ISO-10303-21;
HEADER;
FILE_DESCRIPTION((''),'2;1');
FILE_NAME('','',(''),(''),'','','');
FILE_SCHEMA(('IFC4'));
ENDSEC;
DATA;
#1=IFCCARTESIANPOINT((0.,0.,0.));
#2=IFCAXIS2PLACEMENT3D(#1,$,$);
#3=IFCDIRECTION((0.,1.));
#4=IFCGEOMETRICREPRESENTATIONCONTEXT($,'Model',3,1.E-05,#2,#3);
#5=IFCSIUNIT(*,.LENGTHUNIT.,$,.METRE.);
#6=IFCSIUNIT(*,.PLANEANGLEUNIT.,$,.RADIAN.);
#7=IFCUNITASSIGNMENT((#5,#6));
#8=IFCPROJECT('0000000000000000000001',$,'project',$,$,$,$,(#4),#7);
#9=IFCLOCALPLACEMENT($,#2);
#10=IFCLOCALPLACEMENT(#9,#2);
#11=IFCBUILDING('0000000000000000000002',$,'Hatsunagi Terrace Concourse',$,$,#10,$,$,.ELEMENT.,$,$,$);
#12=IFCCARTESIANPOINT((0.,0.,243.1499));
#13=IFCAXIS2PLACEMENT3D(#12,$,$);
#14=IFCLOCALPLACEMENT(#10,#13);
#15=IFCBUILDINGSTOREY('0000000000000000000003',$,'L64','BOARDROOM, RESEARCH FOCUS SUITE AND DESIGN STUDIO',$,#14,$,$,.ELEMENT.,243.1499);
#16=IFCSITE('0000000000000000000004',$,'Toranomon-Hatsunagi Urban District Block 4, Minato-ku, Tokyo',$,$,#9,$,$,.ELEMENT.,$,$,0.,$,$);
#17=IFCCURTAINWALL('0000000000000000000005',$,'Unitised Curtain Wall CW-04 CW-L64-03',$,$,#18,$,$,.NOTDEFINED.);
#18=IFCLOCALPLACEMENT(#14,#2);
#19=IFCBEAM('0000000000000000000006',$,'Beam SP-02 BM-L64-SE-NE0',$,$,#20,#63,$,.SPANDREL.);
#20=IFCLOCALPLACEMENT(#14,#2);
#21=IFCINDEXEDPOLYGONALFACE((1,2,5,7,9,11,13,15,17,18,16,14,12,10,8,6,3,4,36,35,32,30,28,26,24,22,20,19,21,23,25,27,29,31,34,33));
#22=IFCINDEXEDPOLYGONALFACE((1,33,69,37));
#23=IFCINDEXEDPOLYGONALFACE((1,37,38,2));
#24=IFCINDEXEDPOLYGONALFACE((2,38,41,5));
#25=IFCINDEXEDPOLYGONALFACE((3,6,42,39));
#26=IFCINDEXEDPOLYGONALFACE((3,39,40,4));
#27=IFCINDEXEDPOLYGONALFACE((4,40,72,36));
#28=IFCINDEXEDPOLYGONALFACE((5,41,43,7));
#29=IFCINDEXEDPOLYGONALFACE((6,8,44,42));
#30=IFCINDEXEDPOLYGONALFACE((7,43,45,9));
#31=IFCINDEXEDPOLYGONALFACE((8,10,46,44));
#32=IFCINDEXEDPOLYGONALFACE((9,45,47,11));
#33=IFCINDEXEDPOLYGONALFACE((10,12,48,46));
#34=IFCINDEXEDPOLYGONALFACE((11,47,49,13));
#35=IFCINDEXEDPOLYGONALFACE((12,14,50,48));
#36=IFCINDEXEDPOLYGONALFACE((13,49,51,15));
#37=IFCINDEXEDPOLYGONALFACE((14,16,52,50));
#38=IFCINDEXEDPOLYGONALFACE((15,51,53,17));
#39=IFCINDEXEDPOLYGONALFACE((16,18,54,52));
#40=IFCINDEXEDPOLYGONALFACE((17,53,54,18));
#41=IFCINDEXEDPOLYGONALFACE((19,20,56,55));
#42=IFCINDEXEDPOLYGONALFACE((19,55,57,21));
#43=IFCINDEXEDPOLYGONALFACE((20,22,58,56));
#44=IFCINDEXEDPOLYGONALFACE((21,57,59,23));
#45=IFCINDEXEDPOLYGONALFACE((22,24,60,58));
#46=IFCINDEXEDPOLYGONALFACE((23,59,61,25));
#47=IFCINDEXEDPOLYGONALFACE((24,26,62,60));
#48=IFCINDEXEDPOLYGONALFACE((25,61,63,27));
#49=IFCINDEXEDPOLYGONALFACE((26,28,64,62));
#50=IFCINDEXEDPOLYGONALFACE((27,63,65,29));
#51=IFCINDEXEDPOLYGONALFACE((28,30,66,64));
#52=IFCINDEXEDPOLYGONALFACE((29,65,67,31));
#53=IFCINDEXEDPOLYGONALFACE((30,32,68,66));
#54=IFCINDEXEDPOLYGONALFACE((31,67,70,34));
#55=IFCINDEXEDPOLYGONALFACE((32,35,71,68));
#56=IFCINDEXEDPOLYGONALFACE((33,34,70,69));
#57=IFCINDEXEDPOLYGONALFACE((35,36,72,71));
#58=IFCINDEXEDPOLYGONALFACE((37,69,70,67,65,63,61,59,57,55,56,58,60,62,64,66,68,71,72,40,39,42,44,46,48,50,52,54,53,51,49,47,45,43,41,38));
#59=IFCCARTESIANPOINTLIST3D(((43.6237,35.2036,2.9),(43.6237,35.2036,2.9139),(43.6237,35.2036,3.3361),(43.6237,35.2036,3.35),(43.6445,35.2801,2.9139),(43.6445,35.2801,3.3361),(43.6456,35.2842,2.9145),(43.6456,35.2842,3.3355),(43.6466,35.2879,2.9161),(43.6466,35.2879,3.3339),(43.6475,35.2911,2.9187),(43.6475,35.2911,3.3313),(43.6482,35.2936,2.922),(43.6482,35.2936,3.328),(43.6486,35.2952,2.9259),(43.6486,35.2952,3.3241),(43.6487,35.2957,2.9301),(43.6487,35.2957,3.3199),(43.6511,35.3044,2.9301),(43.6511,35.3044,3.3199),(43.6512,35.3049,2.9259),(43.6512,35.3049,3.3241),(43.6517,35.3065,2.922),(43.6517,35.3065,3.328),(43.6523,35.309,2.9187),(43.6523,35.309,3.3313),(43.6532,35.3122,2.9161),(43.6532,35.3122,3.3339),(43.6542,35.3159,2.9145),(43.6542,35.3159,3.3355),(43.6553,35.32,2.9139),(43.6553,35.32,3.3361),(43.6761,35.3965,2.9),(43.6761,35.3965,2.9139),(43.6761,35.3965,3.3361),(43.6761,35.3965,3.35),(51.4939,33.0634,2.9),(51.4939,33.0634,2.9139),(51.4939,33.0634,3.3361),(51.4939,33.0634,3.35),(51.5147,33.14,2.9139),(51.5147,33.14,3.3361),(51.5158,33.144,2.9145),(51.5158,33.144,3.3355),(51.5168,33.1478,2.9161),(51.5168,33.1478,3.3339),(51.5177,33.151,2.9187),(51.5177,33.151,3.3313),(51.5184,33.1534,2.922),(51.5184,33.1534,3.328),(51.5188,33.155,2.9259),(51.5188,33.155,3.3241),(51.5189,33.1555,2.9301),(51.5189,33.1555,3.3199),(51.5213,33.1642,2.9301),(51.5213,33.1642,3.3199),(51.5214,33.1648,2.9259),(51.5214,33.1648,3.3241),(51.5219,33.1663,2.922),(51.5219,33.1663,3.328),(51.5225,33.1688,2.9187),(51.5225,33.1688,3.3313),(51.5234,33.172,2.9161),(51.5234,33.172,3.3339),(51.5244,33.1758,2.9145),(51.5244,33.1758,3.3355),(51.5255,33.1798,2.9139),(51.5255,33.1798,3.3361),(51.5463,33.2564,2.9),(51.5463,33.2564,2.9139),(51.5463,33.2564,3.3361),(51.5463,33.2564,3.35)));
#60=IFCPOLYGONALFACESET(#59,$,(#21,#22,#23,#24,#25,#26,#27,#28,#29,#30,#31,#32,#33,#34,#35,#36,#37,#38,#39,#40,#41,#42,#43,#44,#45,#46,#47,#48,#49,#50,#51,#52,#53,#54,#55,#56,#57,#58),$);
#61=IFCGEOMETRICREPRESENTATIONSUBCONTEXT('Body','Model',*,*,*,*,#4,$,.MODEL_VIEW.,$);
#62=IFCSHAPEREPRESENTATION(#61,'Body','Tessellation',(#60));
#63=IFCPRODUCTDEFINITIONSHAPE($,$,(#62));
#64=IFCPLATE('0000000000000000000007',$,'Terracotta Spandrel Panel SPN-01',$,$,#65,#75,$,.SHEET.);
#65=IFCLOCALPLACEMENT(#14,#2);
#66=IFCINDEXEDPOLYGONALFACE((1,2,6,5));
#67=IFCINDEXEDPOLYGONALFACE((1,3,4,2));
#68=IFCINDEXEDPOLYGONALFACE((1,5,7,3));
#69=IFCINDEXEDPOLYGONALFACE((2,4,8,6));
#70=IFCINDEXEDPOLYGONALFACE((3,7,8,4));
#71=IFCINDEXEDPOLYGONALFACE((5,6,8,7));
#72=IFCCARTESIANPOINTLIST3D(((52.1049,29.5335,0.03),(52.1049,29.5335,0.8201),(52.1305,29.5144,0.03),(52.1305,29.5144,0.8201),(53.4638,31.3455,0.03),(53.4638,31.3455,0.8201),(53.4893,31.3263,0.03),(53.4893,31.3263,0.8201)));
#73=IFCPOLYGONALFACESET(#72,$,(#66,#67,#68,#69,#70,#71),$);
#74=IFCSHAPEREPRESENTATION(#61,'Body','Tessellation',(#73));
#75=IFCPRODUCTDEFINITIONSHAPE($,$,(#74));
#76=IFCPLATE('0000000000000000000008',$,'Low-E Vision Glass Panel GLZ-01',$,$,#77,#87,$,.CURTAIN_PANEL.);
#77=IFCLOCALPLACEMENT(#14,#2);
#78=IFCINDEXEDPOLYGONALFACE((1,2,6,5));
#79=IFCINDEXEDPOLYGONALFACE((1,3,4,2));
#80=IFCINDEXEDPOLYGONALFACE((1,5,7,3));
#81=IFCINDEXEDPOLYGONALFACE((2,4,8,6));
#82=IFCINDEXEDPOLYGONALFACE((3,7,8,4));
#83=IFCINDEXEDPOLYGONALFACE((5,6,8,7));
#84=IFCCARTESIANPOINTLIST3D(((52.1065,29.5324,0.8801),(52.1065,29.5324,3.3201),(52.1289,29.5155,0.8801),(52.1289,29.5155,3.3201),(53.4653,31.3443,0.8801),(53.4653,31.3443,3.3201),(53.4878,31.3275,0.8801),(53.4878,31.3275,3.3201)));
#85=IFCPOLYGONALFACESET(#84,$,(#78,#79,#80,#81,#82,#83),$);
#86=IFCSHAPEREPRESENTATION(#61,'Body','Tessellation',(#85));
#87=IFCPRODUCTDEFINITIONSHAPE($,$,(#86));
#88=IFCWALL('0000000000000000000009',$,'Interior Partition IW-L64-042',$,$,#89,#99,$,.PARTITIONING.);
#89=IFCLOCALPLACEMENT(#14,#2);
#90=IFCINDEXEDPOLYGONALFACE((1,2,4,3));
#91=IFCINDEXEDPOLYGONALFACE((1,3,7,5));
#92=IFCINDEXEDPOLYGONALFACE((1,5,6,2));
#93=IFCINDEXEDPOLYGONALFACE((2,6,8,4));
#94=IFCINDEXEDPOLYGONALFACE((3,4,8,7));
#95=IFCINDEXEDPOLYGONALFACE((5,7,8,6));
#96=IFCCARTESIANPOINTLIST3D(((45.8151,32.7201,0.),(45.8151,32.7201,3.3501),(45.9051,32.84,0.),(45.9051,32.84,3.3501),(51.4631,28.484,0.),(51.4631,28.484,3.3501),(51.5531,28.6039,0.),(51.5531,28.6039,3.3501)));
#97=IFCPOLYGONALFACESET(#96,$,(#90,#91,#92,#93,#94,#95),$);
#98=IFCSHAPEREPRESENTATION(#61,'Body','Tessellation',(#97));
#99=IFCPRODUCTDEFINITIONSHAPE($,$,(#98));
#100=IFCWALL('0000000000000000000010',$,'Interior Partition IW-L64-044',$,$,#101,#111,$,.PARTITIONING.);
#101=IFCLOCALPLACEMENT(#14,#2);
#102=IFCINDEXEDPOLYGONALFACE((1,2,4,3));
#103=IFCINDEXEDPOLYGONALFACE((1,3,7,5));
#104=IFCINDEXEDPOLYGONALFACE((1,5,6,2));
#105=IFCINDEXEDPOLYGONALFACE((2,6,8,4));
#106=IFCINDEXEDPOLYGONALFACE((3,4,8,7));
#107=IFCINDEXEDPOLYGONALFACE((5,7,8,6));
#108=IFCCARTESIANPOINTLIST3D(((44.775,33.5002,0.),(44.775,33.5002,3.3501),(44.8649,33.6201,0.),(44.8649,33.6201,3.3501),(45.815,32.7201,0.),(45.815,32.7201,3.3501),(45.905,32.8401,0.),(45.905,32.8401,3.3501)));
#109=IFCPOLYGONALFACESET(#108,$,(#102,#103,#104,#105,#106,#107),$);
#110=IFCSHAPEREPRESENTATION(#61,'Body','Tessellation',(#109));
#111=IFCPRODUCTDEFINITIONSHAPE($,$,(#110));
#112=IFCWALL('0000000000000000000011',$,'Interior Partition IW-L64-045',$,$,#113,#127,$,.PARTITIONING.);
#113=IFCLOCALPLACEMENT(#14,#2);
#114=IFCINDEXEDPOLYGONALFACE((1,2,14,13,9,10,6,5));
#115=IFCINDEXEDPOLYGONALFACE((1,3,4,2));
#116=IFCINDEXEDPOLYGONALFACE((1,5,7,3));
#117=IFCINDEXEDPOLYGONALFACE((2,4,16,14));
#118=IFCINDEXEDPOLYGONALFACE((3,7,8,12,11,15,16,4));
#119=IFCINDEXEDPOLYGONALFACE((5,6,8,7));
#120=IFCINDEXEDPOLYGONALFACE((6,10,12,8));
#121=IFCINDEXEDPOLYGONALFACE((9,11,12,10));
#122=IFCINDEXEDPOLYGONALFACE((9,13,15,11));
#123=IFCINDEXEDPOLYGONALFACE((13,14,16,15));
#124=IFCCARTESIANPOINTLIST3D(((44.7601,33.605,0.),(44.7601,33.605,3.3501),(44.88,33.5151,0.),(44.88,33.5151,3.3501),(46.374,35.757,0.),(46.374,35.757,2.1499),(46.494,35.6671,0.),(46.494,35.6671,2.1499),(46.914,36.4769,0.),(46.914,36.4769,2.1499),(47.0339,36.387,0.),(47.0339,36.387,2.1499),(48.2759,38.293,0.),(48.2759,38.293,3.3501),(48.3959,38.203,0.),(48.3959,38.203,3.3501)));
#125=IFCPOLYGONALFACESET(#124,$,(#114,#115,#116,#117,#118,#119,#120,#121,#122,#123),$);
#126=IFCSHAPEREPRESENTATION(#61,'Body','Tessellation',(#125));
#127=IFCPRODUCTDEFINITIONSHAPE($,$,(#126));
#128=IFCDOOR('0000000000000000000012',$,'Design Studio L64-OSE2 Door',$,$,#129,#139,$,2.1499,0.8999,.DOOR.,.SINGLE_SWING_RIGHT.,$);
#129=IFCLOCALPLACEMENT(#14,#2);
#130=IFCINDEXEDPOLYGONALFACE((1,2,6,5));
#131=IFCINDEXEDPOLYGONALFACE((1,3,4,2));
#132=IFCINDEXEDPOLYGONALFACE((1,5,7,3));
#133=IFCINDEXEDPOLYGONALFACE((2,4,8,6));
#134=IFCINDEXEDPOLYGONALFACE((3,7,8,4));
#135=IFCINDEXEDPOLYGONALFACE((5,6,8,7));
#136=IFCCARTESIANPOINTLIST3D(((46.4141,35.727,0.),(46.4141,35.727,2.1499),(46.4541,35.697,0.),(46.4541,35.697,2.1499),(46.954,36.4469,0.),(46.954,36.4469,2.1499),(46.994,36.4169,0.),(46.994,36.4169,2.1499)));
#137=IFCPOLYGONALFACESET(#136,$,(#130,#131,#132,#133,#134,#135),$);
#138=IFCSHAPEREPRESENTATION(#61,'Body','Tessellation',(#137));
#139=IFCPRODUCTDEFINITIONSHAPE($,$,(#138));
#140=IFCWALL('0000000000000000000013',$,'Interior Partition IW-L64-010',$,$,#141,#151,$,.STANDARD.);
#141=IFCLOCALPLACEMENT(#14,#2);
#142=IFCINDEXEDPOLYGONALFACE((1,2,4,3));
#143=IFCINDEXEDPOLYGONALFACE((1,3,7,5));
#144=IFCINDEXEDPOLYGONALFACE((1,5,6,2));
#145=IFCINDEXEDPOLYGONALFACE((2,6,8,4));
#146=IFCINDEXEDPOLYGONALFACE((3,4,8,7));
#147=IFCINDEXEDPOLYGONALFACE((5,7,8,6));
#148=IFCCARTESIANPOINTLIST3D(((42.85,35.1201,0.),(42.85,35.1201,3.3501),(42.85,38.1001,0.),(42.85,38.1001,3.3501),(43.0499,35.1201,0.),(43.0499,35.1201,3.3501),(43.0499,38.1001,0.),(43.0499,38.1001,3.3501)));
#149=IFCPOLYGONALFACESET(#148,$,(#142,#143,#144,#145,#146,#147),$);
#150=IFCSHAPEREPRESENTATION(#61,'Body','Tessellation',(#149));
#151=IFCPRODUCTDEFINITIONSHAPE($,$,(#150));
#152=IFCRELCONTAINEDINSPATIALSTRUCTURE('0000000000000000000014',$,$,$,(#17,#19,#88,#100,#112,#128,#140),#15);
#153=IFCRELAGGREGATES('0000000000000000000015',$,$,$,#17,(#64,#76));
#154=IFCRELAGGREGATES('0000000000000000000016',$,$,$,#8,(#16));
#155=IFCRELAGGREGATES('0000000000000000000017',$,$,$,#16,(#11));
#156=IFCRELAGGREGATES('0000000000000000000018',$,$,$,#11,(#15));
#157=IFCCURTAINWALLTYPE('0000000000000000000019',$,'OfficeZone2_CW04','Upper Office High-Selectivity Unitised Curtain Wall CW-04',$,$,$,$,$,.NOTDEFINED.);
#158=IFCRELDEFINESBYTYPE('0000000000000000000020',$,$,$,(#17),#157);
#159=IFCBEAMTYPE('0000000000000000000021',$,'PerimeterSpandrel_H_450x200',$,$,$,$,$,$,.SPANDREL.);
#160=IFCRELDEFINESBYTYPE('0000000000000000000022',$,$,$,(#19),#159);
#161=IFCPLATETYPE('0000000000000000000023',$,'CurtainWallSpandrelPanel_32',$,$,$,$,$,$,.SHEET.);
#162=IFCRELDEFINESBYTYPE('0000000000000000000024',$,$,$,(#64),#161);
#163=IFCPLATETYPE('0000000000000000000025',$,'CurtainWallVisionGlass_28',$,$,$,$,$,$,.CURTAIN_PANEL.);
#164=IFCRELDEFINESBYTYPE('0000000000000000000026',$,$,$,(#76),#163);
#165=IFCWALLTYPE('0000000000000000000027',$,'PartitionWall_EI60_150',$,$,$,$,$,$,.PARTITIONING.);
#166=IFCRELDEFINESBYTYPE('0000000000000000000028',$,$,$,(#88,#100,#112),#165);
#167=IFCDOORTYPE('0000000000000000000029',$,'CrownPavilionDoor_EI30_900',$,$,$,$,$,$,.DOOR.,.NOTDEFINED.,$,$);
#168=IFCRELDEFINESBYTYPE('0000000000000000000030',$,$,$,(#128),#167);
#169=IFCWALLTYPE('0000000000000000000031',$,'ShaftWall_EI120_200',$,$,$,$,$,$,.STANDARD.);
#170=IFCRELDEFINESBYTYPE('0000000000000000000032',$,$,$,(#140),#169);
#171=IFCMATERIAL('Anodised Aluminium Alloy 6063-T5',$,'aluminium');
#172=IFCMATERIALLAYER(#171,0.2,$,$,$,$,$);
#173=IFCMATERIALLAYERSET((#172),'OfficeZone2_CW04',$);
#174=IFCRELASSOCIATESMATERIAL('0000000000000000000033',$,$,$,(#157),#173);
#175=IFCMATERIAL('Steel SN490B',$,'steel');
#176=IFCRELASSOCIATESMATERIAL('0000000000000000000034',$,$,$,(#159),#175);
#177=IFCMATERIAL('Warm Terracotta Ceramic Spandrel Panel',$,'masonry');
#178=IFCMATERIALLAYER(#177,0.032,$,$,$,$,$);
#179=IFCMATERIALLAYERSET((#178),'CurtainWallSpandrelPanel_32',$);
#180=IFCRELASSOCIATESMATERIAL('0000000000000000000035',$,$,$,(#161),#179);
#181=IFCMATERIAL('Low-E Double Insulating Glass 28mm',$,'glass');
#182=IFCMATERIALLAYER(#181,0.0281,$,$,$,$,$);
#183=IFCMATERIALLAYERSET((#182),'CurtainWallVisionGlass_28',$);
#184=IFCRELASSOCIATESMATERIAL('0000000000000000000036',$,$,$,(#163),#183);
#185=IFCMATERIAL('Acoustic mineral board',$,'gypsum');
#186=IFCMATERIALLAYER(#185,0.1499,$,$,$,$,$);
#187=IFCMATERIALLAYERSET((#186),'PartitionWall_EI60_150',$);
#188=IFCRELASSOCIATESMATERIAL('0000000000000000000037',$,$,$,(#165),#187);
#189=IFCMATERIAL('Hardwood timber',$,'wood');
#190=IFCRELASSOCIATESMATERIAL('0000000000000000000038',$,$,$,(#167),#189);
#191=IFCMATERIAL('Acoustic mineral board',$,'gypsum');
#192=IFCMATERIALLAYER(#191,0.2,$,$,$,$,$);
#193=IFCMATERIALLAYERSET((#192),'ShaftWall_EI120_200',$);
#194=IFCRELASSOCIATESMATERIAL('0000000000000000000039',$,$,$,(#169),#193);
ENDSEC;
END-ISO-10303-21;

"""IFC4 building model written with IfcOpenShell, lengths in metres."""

from ifc_helpers import new_model, si_unit, direction, frame, frame_2d, origin, origin_2d, place, context, subcontext, project, spatial, rectangle, i_section, extrude, material, layer, layer_set, material_profile, profile_set, type_object, element, fill, aggregate, save


model = new_model("IFC4")

# Units and contexts
model_context = context("Model", 3, precision=1e-05, world=origin(), true_north=direction((0.0, 1.0)))
body_context = subcontext(model_context, "Body", "Model", "MODEL_VIEW")
ifc_project = project(units=[si_unit("LENGTHUNIT", "METRE"), si_unit("PLANEANGLEUNIT", "RADIAN")], contexts=[model_context])

# Site, building, storey
site_placement = place(None, origin())
site = spatial("IfcSite", under=ifc_project, at=site_placement, Name="Toranomon-Hatsunagi Urban District Block 4, Minato-ku, Tokyo", CompositionType="ELEMENT", RefElevation=0.0)
building_placement = place(site_placement, origin())
building = spatial("IfcBuilding", under=site, at=building_placement, Name="Hatsunagi Terrace Concourse", CompositionType="ELEMENT")
storey_placement = place(building_placement, frame((0.0, 0.0, 243.1499)))
storey = spatial("IfcBuildingStorey", under=building, at=storey_placement, Name="L64", Description="BOARDROOM, RESEARCH FOCUS SUITE AND DESIGN STUDIO", CompositionType="ELEMENT", Elevation=243.1499)

# Curtain wall
ifc_material_1 = material(Name="Anodised Aluminium Alloy 6063-T5", Category="aluminium")
ifc_layer_1 = layer(ifc_material_1, 0.2)
ifc_layer_set_1 = layer_set([ifc_layer_1], Name="OfficeZone2_CW04")
curtain_wall_type = type_object("IfcCurtainWallType", Name="OfficeZone2_CW04", Description="Upper Office High-Selectivity Unitised Curtain Wall CW-04", PredefinedType="NOTDEFINED", material=ifc_layer_set_1)
curtain_wall_1_placement = place(storey_placement, origin())
curtain_wall_1 = element("IfcCurtainWall", 1, at=curtain_wall_1_placement, inside=storey, type_object=curtain_wall_type, Name="Unitised Curtain Wall CW-04 CW-L64-03", PredefinedType="NOTDEFINED")

# Beam
ifc_material_2 = material(Name="Steel SN490B", Category="steel")
ifc_material_profile_1 = material_profile(ifc_material_2, i_section(OverallWidth=0.2, OverallDepth=0.45, WebThickness=0.009, FlangeThickness=0.0139, FilletRadius=0.0161, at=origin_2d()), Name="H-450x200x9x14")
ifc_profile_set_1 = profile_set([ifc_material_profile_1], Name="Steel SN490B")
beam_type_1 = type_object("IfcBeamType", Name="PerimeterSpandrel_H_450x200", PredefinedType="SPANDREL", material=ifc_profile_set_1)
beam_1_placement = place(storey_placement, frame((43.6499, 35.3, 3.125), z_axis=(0.964958, -0.262403, 0.0), x_axis=(0.262403, 0.964958, 0.0)))
element("IfcBeam", 2, at=beam_1_placement, inside=storey, type_object=beam_type_1, Name="Beam SP-02 BM-L64-SE-NE0", PredefinedType="SPANDREL", context=body_context, shape_type="SweptSolid", body=[
    extrude(i_section(OverallWidth=0.2, OverallDepth=0.45, WebThickness=0.009, FlangeThickness=0.0139, FilletRadius=0.0161, at=origin_2d()), origin(), (0.0, 0.0, 1.0), 8.156),
])

# Plates
ifc_material_3 = material(Name="Warm Terracotta Ceramic Spandrel Panel", Category="masonry")
ifc_layer_2 = layer(ifc_material_3, 0.032)
ifc_layer_set_2 = layer_set([ifc_layer_2], Name="CurtainWallSpandrelPanel_32")
plate_type_1 = type_object("IfcPlateType", Name="CurtainWallSpandrelPanel_32", PredefinedType="SHEET", material=ifc_layer_set_2)
plate_1_placement = place(storey_placement, frame((52.7971, 30.4299, 0.03), z_axis=(0.0, 0.0, 1.0), x_axis=(-0.599969, -0.800023, 0.0)))
plate_1 = element("IfcPlate", 3, at=plate_1_placement, type_object=plate_type_1, Name="Terracotta Spandrel Panel SPN-01", PredefinedType="SHEET", context=body_context, shape_type="SweptSolid", body=[
    extrude(rectangle(XDim=2.2649, YDim=0.032, at=origin_2d()), origin(), (0.0, 0.0, 1.0), 0.79),
])
ifc_material_4 = material(Name="Low-E Double Insulating Glass 28mm", Category="glass")
ifc_layer_3 = layer(ifc_material_4, 0.0281)
ifc_layer_set_3 = layer_set([ifc_layer_3], Name="CurtainWallVisionGlass_28")
plate_type_2 = type_object("IfcPlateType", Name="CurtainWallVisionGlass_28", PredefinedType="CURTAIN_PANEL", material=ifc_layer_set_3)
plate_2_placement = place(storey_placement, frame((52.7971, 30.4299, 0.8801), z_axis=(0.0, 0.0, 1.0), x_axis=(-0.599969, -0.800023, 0.0)))
plate_2 = element("IfcPlate", 4, at=plate_2_placement, type_object=plate_type_2, Name="Low-E Vision Glass Panel GLZ-01", PredefinedType="CURTAIN_PANEL", context=body_context, shape_type="SweptSolid", body=[
    extrude(rectangle(XDim=2.2649, YDim=0.0281, at=origin_2d()), origin(), (0.0, 0.0, 1.0), 2.4399),
])
aggregate(curtain_wall_1, [plate_1, plate_2])

# Walls
ifc_material_5 = material(Name="Acoustic mineral board", Category="gypsum")
ifc_layer_4 = layer(ifc_material_5, 0.1499)
ifc_layer_set_4 = layer_set([ifc_layer_4], Name="PartitionWall_EI60_150")
wall_type_1 = type_object("IfcWallType", Name="PartitionWall_EI60_150", PredefinedType="PARTITIONING", material=ifc_layer_set_4)
wall_1_placement = place(storey_placement, frame((45.8601, 32.78, 0.0), z_axis=(0.0, 0.0, 1.0), x_axis=(0.799992, -0.600011, 0.0)))
element("IfcWall", 5, at=wall_1_placement, inside=storey, type_object=wall_type_1, Name="Interior Partition IW-L64-042", PredefinedType="PARTITIONING", context=body_context, shape_type="SweptSolid", body=[
    extrude(rectangle(XDim=7.0601, YDim=0.1499, at=frame_2d((3.53, 0.0))), origin(), (0.0, 0.0, 1.0), 3.3501),
])
wall_2_placement = place(storey_placement, frame((44.8201, 33.5601, 0.0), z_axis=(0.0, 0.0, 1.0), x_axis=(0.8, -0.6, 0.0)))
element("IfcWall", 6, at=wall_2_placement, inside=storey, type_object=wall_type_1, Name="Interior Partition IW-L64-044", PredefinedType="PARTITIONING", context=body_context, shape_type="SweptSolid", body=[
    extrude(rectangle(XDim=1.3, YDim=0.1499, at=frame_2d((0.6499, 0.0))), origin(), (0.0, 0.0, 1.0), 3.3501),
])

# Wall, opening, door
wall_3_placement = place(storey_placement, frame((44.8201, 33.5601, 0.0), z_axis=(0.0, 0.0, 1.0), x_axis=(0.599987, 0.80001, 0.0)))
wall_3 = element("IfcWall", 7, at=wall_3_placement, inside=storey, type_object=wall_type_1, Name="Interior Partition IW-L64-045", PredefinedType="PARTITIONING", context=body_context, shape_type="SweptSolid", body=[
    extrude(rectangle(XDim=5.8599, YDim=0.1499, at=frame_2d((2.9299, 0.0))), origin(), (0.0, 0.0, 1.0), 3.3501),
])
opening_1_placement = place(wall_3_placement, frame((2.6899, 0.0, 0.0)))
opening_1 = element("IfcOpeningElement", 8, at=opening_1_placement, cuts=wall_3, PredefinedType="OPENING", context=body_context, shape_type="SweptSolid", body=[
    extrude(rectangle(XDim=0.8999, YDim=2.1499, at=frame_2d((0.45, 1.075))), frame((0.0, 0.085, 0.0), z_axis=(0.0, -1.0, 0.0), x_axis=(1.0, 0.0, 0.0)), (0.0, 0.0, 1.0), 0.1699),
])
ifc_material_6 = material(Name="Hardwood timber", Category="wood")
door_type_1 = type_object("IfcDoorType", Name="CrownPavilionDoor_EI30_900", OperationType="NOTDEFINED", PredefinedType="DOOR", material=ifc_material_6)
door_1_placement = place(opening_1_placement, origin())
door_1 = element("IfcDoor", 9, at=door_1_placement, inside=storey, type_object=door_type_1, Name="Design Studio L64-OSE2 Door", OperationType="SINGLE_SWING_RIGHT", OverallHeight=2.1499, OverallWidth=0.8999, PredefinedType="DOOR", context=body_context, shape_type="SweptSolid", body=[
    extrude(rectangle(XDim=0.8999, YDim=2.1499, at=frame_2d((0.45, 1.075))), frame((0.0, 0.0249, 0.0), z_axis=(0.0, -1.0, 0.0), x_axis=(1.0, 0.0, 0.0)), (0.0, 0.0, 1.0), 0.05),
])
fill(opening_1, door_1)

# Wall
ifc_material_7 = material(Name="Acoustic mineral board", Category="gypsum")
ifc_layer_5 = layer(ifc_material_7, 0.2)
ifc_layer_set_5 = layer_set([ifc_layer_5], Name="ShaftWall_EI120_200")
wall_type_2 = type_object("IfcWallType", Name="ShaftWall_EI120_200", PredefinedType="STANDARD", material=ifc_layer_set_5)
wall_4_placement = place(storey_placement, frame((42.95, 35.1201, 0.0), z_axis=(0.0, 0.0, 1.0), x_axis=(0.0, 1.0, 0.0)))
element("IfcWall", 10, at=wall_4_placement, inside=storey, type_object=wall_type_2, Name="Interior Partition IW-L64-010", PredefinedType="STANDARD", context=body_context, shape_type="SweptSolid", body=[
    extrude(rectangle(XDim=2.98, YDim=0.2, at=frame_2d((1.49, 0.0))), origin(), (0.0, 0.0, 1.0), 3.3501),
])

save(model, "model.ifc")
